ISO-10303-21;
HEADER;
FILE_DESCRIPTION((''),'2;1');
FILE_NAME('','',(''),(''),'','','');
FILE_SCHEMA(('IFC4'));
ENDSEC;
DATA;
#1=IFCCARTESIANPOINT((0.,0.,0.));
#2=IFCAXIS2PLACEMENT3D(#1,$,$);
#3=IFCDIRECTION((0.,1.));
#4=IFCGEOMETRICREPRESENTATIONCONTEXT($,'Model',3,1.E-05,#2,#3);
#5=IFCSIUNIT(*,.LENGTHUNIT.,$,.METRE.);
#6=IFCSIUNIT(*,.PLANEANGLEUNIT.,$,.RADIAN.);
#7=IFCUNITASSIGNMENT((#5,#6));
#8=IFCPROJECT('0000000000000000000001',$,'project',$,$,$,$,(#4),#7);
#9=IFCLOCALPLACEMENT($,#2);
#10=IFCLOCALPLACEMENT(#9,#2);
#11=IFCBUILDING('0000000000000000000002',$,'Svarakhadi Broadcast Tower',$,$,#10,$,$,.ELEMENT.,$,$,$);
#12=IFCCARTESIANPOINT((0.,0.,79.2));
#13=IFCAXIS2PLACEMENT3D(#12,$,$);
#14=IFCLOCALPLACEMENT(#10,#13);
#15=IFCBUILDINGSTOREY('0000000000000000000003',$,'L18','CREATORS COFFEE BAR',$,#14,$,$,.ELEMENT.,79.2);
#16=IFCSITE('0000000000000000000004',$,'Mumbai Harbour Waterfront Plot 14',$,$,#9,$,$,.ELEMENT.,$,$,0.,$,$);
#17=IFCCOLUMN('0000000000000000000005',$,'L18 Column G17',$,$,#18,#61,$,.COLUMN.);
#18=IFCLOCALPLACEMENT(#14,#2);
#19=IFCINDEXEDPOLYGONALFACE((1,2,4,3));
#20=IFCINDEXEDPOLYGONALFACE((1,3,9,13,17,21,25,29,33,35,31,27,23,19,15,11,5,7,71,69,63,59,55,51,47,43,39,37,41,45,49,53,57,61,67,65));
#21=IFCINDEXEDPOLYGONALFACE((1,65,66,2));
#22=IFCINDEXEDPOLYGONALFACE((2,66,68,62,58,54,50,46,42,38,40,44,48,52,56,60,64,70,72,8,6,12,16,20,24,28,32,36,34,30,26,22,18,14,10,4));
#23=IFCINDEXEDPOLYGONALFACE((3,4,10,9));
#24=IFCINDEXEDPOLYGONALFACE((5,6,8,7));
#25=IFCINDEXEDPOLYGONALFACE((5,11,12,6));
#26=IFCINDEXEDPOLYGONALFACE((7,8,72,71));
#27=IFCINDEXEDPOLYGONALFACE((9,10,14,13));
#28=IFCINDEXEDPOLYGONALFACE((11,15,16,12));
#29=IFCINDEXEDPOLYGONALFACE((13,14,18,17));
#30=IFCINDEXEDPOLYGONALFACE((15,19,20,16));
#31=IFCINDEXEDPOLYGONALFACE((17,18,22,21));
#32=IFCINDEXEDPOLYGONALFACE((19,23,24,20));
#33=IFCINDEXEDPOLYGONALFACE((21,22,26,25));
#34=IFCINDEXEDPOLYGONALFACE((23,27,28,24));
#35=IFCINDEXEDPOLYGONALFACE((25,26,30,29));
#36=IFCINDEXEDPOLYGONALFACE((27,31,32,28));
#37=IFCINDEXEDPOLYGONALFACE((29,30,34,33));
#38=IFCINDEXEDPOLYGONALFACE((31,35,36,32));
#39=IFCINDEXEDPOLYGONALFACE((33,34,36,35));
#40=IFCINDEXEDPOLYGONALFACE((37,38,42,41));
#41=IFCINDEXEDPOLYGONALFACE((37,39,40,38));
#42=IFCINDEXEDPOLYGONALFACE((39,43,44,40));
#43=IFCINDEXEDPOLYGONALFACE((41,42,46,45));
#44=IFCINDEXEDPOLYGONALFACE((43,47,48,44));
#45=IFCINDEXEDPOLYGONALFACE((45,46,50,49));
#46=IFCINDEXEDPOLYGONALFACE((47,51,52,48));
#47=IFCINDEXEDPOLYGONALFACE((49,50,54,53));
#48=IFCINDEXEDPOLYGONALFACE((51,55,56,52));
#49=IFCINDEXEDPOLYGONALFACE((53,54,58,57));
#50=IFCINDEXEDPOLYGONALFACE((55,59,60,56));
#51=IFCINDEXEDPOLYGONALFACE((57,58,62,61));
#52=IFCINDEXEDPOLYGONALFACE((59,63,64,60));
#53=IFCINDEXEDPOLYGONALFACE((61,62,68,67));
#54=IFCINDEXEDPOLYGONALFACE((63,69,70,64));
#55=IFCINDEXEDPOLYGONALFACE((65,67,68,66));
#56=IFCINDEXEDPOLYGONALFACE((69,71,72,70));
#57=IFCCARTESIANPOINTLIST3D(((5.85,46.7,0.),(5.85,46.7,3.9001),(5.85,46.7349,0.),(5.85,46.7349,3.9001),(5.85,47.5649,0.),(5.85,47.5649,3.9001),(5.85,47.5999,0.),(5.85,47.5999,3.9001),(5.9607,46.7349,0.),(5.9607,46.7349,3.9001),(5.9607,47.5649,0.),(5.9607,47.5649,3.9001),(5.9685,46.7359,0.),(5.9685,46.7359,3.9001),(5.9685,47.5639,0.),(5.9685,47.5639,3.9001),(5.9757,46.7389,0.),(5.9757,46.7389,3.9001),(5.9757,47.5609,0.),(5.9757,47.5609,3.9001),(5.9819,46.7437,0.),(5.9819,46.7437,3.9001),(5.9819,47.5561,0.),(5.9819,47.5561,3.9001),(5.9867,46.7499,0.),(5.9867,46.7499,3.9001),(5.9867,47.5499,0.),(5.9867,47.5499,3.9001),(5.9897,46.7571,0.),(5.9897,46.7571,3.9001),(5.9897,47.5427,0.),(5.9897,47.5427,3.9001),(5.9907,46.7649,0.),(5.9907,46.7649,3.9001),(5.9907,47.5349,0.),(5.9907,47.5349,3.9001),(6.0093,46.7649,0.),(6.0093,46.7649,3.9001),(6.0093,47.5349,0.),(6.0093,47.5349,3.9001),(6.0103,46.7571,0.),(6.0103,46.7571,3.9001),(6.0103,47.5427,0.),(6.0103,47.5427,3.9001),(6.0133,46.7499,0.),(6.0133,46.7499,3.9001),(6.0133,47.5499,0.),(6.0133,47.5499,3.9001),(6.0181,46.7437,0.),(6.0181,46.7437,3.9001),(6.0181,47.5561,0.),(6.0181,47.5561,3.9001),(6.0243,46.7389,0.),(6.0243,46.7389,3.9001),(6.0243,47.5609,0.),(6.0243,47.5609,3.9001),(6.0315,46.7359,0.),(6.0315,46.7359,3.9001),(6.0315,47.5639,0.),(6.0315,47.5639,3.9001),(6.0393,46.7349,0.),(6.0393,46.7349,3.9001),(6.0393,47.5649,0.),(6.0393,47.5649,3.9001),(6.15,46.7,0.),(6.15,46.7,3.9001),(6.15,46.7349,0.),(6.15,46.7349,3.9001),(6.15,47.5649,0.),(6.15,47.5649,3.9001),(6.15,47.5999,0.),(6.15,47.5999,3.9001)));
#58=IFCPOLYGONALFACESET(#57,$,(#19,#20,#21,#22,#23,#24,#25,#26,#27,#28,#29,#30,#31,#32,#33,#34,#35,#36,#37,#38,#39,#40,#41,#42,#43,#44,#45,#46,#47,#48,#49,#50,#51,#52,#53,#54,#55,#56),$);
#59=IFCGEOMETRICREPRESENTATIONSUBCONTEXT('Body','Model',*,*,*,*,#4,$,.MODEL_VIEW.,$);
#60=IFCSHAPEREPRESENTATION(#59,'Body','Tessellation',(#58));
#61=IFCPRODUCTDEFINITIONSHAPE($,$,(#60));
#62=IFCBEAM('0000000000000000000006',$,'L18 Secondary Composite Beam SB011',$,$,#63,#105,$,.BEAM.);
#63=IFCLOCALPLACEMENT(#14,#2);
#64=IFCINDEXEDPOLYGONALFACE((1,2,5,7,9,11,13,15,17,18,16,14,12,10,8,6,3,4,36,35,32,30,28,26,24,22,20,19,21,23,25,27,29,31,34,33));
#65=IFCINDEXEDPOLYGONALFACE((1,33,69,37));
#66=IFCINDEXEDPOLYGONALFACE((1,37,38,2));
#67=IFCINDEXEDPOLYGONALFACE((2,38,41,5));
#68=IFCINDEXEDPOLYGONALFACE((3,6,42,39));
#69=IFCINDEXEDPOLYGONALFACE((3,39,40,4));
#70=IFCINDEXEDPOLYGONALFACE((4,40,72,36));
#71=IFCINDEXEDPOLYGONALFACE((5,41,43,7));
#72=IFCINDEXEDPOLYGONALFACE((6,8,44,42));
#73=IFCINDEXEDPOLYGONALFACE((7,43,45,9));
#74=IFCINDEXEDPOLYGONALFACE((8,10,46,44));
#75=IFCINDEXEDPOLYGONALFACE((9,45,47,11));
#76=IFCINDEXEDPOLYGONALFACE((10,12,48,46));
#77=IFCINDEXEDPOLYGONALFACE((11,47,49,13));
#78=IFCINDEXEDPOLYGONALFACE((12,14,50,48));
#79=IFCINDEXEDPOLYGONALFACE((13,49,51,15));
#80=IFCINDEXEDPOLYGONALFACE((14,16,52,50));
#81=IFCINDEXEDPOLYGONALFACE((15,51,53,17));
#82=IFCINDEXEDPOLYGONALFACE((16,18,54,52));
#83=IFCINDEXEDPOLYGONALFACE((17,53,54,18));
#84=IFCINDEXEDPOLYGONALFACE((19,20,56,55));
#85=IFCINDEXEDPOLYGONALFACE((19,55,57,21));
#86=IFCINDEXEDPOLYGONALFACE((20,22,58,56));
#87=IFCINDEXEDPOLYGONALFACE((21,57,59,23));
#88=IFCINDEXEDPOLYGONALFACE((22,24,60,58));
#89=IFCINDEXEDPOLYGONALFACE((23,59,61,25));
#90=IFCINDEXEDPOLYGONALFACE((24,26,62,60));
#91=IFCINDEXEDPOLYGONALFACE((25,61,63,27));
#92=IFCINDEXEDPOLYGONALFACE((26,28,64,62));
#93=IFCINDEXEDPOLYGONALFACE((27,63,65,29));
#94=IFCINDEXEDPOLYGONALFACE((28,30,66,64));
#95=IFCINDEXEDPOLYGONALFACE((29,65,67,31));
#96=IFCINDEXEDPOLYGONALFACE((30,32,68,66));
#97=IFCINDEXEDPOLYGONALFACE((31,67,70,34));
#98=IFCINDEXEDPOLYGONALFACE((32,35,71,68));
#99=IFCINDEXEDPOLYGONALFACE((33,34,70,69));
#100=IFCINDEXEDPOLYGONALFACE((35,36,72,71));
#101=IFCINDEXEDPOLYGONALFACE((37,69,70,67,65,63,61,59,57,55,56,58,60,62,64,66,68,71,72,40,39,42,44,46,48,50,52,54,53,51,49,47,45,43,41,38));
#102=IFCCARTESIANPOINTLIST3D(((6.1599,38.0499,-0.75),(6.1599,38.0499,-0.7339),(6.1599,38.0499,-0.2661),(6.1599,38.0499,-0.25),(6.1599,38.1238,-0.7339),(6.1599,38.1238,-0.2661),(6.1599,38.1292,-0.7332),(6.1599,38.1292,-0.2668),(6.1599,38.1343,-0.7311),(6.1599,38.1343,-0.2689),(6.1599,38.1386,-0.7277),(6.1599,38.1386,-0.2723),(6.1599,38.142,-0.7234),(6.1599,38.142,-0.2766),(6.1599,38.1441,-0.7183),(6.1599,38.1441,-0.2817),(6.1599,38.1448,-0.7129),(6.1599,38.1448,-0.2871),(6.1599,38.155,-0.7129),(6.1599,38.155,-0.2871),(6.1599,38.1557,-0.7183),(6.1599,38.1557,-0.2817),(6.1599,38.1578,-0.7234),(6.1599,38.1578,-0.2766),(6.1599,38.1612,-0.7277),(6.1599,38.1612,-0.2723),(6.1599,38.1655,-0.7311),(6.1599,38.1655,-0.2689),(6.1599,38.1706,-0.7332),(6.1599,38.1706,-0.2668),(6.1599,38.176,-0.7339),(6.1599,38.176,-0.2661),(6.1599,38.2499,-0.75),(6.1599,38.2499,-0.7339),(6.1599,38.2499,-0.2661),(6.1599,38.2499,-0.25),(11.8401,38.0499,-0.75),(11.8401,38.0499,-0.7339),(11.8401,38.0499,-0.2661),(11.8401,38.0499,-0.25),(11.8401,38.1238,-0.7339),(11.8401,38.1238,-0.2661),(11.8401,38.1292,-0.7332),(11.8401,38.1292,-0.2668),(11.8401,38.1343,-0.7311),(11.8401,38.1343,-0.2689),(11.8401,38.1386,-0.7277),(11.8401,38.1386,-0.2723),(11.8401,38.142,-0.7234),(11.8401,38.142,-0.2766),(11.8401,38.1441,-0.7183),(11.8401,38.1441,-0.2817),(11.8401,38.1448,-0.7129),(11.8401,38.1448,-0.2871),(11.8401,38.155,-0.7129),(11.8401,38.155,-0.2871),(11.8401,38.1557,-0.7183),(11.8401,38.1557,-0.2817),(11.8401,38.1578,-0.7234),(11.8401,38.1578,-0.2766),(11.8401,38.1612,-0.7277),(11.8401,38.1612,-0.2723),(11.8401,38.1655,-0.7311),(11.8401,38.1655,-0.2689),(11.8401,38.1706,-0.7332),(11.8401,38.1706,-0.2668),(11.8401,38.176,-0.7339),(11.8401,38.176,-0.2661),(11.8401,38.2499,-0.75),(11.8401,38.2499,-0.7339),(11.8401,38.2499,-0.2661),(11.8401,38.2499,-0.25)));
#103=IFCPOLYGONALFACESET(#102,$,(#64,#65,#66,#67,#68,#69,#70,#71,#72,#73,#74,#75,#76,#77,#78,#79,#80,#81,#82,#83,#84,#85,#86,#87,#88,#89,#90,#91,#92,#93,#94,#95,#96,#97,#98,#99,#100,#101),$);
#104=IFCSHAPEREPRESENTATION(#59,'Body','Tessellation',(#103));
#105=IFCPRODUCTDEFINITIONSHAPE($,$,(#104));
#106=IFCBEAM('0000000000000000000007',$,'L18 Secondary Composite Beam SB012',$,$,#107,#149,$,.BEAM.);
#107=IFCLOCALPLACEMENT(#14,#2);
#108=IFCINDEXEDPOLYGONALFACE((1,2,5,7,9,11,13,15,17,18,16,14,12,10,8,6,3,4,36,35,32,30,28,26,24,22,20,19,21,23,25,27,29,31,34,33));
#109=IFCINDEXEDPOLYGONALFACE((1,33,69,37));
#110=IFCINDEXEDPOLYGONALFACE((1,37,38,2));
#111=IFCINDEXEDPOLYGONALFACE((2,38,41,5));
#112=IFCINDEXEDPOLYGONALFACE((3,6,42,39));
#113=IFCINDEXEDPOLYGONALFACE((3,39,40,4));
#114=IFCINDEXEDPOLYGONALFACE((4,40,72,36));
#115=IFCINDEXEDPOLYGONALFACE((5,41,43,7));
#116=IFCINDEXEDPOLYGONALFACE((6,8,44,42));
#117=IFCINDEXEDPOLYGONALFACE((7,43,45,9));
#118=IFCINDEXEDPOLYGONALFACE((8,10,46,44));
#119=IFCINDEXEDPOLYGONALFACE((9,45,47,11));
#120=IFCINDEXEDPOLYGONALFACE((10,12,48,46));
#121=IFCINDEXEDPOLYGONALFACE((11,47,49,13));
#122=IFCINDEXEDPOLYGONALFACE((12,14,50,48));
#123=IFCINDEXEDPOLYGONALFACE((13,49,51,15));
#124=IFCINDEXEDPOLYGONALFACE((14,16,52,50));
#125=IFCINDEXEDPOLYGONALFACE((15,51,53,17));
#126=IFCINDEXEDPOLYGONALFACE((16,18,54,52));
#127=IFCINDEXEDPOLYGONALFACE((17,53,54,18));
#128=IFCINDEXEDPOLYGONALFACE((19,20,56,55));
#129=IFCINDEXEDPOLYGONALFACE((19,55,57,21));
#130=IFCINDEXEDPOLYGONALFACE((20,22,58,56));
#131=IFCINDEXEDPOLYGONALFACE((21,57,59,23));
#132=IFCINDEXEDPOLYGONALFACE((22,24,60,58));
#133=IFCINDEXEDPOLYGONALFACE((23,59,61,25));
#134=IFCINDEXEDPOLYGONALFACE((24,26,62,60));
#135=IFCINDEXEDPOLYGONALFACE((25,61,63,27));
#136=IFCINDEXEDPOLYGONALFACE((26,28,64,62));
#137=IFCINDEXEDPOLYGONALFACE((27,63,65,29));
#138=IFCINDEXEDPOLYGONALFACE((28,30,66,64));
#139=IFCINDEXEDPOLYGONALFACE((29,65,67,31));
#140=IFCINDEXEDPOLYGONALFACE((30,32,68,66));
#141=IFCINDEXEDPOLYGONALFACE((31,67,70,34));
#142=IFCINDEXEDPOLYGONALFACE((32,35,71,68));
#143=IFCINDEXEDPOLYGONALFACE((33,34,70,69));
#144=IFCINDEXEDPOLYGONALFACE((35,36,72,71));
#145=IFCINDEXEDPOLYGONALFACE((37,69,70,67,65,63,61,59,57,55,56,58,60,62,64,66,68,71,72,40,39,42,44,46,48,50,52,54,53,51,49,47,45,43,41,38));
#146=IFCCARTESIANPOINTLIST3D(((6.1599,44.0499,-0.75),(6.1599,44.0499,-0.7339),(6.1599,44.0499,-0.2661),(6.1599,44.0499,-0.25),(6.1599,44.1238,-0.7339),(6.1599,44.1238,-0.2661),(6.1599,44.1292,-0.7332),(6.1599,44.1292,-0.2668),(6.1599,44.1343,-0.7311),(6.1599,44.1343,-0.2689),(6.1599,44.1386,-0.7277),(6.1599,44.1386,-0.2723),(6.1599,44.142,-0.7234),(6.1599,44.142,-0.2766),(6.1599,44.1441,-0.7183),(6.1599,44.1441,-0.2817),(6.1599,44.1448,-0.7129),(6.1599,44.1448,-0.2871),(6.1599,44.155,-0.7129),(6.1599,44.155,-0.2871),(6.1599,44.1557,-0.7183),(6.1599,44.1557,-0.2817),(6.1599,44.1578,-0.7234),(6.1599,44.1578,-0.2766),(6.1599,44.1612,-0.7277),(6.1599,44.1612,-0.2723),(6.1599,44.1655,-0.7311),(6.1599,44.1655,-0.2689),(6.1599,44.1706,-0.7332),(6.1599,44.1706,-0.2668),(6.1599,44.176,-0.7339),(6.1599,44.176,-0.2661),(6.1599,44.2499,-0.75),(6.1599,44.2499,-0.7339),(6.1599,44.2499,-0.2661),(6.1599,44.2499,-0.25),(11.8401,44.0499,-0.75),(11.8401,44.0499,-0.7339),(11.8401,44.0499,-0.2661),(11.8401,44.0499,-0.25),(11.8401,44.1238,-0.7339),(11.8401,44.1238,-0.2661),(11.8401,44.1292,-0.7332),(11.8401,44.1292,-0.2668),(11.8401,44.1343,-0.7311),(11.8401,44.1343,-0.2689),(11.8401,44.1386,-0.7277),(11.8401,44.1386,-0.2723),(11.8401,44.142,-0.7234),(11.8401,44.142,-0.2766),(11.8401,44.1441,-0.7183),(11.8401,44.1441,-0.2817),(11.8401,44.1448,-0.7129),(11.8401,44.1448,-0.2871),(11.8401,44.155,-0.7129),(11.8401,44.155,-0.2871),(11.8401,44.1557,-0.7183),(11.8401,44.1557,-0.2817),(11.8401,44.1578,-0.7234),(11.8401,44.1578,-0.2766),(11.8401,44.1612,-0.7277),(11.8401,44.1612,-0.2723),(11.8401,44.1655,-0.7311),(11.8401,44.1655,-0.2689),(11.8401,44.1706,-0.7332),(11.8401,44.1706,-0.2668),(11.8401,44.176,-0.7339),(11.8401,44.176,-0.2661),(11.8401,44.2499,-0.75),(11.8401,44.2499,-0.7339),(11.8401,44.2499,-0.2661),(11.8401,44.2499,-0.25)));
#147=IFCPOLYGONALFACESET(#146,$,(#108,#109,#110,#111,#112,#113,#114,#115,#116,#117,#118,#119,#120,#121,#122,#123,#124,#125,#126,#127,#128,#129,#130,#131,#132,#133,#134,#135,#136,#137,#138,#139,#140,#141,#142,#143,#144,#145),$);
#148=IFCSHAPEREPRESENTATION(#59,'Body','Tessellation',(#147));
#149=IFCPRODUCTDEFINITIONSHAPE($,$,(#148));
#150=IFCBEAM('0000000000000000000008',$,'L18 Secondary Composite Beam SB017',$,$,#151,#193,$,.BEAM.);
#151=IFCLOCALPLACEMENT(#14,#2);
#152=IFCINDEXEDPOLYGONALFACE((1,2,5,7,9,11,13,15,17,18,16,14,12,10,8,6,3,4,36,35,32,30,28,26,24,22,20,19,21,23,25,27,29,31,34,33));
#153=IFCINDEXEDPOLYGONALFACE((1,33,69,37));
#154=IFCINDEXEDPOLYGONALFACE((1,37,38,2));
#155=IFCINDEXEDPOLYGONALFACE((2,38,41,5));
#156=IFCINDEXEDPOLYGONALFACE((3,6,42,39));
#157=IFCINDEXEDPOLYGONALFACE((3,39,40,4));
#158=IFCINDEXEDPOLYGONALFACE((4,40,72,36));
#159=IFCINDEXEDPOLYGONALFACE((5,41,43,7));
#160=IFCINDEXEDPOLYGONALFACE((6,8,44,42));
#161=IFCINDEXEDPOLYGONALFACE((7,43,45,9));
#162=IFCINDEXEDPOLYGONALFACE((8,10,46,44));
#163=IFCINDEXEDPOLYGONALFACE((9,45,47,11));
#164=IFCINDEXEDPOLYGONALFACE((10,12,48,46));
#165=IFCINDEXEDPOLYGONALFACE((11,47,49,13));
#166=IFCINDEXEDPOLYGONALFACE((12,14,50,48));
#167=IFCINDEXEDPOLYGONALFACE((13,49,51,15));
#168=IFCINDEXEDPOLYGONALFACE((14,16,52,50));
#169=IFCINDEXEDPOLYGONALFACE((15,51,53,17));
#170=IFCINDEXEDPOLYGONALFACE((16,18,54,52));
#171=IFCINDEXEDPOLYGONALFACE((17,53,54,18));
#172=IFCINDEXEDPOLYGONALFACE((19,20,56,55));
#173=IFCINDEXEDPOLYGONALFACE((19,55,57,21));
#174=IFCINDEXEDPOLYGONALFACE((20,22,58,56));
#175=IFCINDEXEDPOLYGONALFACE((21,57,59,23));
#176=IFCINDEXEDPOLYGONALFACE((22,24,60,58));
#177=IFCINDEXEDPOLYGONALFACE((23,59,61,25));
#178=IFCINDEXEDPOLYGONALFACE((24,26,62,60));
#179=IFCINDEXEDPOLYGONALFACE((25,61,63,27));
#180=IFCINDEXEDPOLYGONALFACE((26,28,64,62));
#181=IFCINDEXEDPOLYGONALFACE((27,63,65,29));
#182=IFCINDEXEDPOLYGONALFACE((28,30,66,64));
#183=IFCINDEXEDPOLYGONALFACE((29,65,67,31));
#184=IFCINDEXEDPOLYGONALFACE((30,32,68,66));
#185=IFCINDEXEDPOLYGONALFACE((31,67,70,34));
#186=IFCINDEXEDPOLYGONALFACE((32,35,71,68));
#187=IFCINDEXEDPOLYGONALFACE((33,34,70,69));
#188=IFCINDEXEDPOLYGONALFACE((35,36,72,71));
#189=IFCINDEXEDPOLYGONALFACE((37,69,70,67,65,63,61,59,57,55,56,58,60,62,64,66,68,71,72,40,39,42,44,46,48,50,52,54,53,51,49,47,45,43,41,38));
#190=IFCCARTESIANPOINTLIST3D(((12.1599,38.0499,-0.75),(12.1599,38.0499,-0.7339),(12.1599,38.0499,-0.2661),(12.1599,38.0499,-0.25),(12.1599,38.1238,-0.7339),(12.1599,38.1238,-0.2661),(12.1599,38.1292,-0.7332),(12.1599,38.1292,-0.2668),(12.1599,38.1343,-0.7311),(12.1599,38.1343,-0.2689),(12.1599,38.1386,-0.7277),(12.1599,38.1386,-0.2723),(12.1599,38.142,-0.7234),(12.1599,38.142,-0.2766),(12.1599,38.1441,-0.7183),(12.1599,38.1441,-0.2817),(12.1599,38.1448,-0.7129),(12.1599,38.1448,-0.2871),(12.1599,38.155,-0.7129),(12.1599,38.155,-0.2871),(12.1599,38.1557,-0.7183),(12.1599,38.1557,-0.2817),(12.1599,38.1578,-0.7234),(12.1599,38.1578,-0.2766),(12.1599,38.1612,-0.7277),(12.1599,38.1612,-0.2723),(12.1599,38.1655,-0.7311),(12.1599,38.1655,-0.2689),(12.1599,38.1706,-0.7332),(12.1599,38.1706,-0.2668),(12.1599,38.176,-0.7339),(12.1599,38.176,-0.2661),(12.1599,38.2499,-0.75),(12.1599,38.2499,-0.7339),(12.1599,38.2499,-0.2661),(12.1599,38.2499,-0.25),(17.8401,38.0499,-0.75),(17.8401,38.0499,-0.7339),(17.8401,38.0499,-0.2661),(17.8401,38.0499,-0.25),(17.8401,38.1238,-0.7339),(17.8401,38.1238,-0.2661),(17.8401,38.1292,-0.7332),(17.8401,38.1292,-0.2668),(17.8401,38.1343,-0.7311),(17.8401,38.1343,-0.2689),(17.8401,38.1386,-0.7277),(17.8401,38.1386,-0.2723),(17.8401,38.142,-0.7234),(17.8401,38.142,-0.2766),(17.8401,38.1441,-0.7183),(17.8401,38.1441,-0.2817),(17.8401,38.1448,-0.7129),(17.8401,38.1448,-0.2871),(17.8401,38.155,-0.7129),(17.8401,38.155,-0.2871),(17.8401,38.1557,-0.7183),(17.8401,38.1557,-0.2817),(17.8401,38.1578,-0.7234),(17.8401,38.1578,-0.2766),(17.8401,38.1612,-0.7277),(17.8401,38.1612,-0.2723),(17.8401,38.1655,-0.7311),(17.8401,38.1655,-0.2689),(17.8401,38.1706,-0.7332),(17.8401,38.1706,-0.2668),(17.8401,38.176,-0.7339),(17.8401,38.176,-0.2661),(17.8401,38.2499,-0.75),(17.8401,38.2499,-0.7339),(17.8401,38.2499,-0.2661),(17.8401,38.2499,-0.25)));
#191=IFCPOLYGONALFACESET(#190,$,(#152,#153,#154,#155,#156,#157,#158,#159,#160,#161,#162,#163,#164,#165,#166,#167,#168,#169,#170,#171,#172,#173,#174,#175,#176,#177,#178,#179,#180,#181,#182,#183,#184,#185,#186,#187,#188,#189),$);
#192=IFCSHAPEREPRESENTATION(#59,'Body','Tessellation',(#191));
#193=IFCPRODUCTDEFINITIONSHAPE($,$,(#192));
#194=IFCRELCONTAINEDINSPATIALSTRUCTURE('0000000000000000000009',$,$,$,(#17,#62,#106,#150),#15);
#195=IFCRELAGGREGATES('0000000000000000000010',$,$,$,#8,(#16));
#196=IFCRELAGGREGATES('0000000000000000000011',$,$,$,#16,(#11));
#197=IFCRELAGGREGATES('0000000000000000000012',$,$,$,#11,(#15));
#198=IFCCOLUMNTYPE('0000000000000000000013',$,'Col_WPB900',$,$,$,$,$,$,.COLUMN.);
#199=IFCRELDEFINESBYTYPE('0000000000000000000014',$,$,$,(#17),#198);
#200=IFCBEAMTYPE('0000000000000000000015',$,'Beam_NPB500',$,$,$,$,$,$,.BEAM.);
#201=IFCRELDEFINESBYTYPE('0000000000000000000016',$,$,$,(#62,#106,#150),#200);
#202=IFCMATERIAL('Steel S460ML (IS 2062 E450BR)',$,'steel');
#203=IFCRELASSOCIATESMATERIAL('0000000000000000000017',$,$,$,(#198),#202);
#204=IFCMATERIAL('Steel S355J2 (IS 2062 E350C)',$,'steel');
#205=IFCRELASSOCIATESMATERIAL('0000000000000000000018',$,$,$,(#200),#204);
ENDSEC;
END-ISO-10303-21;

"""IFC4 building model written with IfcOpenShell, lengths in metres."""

from ifc_helpers import new_model, si_unit, direction, frame, origin, origin_2d, place, context, subcontext, project, spatial, i_section, extrude, material, material_profile, profile_set, type_object, element, save


model = new_model("IFC4")

# Units and contexts
model_context = context("Model", 3, precision=1e-05, world=origin(), true_north=direction((0.0, 1.0)))
body_context = subcontext(model_context, "Body", "Model", "MODEL_VIEW")
ifc_project = project(units=[si_unit("LENGTHUNIT", "METRE"), si_unit("PLANEANGLEUNIT", "RADIAN")], contexts=[model_context])

# Site, building, storey
site_placement = place(None, origin())
site = spatial("IfcSite", under=ifc_project, at=site_placement, Name="Mumbai Harbour Waterfront Plot 14", CompositionType="ELEMENT", RefElevation=0.0)
building_placement = place(site_placement, origin())
building = spatial("IfcBuilding", under=site, at=building_placement, Name="Svarakhadi Broadcast Tower", CompositionType="ELEMENT")
storey_placement = place(building_placement, frame((0.0, 0.0, 79.2)))
storey = spatial("IfcBuildingStorey", under=building, at=storey_placement, Name="L18", Description="CREATORS COFFEE BAR", CompositionType="ELEMENT", Elevation=79.2)

# Column
ifc_material_1 = material(Name="Steel S460ML (IS 2062 E450BR)", Category="steel")
ifc_material_profile_1 = material_profile(ifc_material_1, i_section(OverallWidth=0.3, OverallDepth=0.8999, WebThickness=0.0186, FlangeThickness=0.0349, FilletRadius=0.03, at=origin_2d()), Name="WPB 900x300x291")
ifc_profile_set_1 = profile_set([ifc_material_profile_1], Name="Steel S460ML (IS 2062 E450BR)")
column_type_1 = type_object("IfcColumnType", Name="Col_WPB900", PredefinedType="COLUMN", material=ifc_profile_set_1)
column_placement = place(storey_placement, frame((6.0, 47.1499, 0.0), z_axis=(0.0, 0.0, 1.0), x_axis=(1.0, 0.0, 0.0)))
element("IfcColumn", 1, at=column_placement, inside=storey, type_object=column_type_1, Name="L18 Column G17", PredefinedType="COLUMN", context=body_context, shape_type="SweptSolid", body=[
    extrude(i_section(OverallWidth=0.3, OverallDepth=0.8999, WebThickness=0.0186, FlangeThickness=0.0349, FilletRadius=0.03, at=origin_2d()), origin(), (0.0, 0.0, 1.0), 3.9001),
])

# Beams
ifc_material_2 = material(Name="Steel S355J2 (IS 2062 E350C)", Category="steel")
ifc_material_profile_2 = material_profile(ifc_material_2, i_section(OverallWidth=0.2, OverallDepth=0.5, WebThickness=0.0103, FlangeThickness=0.0161, FilletRadius=0.021, at=origin_2d()), Name="NPB 500x200x91")
ifc_profile_set_2 = profile_set([ifc_material_profile_2], Name="Steel S355J2 (IS 2062 E350C)")
beam_type_1 = type_object("IfcBeamType", Name="Beam_NPB500", PredefinedType="BEAM", material=ifc_profile_set_2)
for number, where, z_axis, x_axis, name in (
    (2, (6.1599, 38.1499, -0.5), (1.0, 0.0, 0.0), (0.0, 1.0, 0.0), "L18 Secondary Composite Beam SB011"),
    (3, (6.1599, 44.1499, -0.5), (1.0, 0.0, 0.0), (0.0, 1.0, 0.0), "L18 Secondary Composite Beam SB012"),
    (4, (12.1599, 38.1499, -0.5), (1.0, 0.0, 0.0), (0.0, 1.0, 0.0), "L18 Secondary Composite Beam SB017"),
):
    element("IfcBeam", number, at=place(storey_placement, frame(where, z_axis=z_axis, x_axis=x_axis)), inside=storey, type_object=beam_type_1, Name=name, PredefinedType="BEAM", context=body_context, shape_type="SweptSolid", body=[
        extrude(i_section(OverallWidth=0.2, OverallDepth=0.5, WebThickness=0.0103, FlangeThickness=0.0161, FilletRadius=0.021, at=origin_2d()), origin(), (0.0, 0.0, 1.0), 5.6802),
    ])

save(model, "model.ifc")
